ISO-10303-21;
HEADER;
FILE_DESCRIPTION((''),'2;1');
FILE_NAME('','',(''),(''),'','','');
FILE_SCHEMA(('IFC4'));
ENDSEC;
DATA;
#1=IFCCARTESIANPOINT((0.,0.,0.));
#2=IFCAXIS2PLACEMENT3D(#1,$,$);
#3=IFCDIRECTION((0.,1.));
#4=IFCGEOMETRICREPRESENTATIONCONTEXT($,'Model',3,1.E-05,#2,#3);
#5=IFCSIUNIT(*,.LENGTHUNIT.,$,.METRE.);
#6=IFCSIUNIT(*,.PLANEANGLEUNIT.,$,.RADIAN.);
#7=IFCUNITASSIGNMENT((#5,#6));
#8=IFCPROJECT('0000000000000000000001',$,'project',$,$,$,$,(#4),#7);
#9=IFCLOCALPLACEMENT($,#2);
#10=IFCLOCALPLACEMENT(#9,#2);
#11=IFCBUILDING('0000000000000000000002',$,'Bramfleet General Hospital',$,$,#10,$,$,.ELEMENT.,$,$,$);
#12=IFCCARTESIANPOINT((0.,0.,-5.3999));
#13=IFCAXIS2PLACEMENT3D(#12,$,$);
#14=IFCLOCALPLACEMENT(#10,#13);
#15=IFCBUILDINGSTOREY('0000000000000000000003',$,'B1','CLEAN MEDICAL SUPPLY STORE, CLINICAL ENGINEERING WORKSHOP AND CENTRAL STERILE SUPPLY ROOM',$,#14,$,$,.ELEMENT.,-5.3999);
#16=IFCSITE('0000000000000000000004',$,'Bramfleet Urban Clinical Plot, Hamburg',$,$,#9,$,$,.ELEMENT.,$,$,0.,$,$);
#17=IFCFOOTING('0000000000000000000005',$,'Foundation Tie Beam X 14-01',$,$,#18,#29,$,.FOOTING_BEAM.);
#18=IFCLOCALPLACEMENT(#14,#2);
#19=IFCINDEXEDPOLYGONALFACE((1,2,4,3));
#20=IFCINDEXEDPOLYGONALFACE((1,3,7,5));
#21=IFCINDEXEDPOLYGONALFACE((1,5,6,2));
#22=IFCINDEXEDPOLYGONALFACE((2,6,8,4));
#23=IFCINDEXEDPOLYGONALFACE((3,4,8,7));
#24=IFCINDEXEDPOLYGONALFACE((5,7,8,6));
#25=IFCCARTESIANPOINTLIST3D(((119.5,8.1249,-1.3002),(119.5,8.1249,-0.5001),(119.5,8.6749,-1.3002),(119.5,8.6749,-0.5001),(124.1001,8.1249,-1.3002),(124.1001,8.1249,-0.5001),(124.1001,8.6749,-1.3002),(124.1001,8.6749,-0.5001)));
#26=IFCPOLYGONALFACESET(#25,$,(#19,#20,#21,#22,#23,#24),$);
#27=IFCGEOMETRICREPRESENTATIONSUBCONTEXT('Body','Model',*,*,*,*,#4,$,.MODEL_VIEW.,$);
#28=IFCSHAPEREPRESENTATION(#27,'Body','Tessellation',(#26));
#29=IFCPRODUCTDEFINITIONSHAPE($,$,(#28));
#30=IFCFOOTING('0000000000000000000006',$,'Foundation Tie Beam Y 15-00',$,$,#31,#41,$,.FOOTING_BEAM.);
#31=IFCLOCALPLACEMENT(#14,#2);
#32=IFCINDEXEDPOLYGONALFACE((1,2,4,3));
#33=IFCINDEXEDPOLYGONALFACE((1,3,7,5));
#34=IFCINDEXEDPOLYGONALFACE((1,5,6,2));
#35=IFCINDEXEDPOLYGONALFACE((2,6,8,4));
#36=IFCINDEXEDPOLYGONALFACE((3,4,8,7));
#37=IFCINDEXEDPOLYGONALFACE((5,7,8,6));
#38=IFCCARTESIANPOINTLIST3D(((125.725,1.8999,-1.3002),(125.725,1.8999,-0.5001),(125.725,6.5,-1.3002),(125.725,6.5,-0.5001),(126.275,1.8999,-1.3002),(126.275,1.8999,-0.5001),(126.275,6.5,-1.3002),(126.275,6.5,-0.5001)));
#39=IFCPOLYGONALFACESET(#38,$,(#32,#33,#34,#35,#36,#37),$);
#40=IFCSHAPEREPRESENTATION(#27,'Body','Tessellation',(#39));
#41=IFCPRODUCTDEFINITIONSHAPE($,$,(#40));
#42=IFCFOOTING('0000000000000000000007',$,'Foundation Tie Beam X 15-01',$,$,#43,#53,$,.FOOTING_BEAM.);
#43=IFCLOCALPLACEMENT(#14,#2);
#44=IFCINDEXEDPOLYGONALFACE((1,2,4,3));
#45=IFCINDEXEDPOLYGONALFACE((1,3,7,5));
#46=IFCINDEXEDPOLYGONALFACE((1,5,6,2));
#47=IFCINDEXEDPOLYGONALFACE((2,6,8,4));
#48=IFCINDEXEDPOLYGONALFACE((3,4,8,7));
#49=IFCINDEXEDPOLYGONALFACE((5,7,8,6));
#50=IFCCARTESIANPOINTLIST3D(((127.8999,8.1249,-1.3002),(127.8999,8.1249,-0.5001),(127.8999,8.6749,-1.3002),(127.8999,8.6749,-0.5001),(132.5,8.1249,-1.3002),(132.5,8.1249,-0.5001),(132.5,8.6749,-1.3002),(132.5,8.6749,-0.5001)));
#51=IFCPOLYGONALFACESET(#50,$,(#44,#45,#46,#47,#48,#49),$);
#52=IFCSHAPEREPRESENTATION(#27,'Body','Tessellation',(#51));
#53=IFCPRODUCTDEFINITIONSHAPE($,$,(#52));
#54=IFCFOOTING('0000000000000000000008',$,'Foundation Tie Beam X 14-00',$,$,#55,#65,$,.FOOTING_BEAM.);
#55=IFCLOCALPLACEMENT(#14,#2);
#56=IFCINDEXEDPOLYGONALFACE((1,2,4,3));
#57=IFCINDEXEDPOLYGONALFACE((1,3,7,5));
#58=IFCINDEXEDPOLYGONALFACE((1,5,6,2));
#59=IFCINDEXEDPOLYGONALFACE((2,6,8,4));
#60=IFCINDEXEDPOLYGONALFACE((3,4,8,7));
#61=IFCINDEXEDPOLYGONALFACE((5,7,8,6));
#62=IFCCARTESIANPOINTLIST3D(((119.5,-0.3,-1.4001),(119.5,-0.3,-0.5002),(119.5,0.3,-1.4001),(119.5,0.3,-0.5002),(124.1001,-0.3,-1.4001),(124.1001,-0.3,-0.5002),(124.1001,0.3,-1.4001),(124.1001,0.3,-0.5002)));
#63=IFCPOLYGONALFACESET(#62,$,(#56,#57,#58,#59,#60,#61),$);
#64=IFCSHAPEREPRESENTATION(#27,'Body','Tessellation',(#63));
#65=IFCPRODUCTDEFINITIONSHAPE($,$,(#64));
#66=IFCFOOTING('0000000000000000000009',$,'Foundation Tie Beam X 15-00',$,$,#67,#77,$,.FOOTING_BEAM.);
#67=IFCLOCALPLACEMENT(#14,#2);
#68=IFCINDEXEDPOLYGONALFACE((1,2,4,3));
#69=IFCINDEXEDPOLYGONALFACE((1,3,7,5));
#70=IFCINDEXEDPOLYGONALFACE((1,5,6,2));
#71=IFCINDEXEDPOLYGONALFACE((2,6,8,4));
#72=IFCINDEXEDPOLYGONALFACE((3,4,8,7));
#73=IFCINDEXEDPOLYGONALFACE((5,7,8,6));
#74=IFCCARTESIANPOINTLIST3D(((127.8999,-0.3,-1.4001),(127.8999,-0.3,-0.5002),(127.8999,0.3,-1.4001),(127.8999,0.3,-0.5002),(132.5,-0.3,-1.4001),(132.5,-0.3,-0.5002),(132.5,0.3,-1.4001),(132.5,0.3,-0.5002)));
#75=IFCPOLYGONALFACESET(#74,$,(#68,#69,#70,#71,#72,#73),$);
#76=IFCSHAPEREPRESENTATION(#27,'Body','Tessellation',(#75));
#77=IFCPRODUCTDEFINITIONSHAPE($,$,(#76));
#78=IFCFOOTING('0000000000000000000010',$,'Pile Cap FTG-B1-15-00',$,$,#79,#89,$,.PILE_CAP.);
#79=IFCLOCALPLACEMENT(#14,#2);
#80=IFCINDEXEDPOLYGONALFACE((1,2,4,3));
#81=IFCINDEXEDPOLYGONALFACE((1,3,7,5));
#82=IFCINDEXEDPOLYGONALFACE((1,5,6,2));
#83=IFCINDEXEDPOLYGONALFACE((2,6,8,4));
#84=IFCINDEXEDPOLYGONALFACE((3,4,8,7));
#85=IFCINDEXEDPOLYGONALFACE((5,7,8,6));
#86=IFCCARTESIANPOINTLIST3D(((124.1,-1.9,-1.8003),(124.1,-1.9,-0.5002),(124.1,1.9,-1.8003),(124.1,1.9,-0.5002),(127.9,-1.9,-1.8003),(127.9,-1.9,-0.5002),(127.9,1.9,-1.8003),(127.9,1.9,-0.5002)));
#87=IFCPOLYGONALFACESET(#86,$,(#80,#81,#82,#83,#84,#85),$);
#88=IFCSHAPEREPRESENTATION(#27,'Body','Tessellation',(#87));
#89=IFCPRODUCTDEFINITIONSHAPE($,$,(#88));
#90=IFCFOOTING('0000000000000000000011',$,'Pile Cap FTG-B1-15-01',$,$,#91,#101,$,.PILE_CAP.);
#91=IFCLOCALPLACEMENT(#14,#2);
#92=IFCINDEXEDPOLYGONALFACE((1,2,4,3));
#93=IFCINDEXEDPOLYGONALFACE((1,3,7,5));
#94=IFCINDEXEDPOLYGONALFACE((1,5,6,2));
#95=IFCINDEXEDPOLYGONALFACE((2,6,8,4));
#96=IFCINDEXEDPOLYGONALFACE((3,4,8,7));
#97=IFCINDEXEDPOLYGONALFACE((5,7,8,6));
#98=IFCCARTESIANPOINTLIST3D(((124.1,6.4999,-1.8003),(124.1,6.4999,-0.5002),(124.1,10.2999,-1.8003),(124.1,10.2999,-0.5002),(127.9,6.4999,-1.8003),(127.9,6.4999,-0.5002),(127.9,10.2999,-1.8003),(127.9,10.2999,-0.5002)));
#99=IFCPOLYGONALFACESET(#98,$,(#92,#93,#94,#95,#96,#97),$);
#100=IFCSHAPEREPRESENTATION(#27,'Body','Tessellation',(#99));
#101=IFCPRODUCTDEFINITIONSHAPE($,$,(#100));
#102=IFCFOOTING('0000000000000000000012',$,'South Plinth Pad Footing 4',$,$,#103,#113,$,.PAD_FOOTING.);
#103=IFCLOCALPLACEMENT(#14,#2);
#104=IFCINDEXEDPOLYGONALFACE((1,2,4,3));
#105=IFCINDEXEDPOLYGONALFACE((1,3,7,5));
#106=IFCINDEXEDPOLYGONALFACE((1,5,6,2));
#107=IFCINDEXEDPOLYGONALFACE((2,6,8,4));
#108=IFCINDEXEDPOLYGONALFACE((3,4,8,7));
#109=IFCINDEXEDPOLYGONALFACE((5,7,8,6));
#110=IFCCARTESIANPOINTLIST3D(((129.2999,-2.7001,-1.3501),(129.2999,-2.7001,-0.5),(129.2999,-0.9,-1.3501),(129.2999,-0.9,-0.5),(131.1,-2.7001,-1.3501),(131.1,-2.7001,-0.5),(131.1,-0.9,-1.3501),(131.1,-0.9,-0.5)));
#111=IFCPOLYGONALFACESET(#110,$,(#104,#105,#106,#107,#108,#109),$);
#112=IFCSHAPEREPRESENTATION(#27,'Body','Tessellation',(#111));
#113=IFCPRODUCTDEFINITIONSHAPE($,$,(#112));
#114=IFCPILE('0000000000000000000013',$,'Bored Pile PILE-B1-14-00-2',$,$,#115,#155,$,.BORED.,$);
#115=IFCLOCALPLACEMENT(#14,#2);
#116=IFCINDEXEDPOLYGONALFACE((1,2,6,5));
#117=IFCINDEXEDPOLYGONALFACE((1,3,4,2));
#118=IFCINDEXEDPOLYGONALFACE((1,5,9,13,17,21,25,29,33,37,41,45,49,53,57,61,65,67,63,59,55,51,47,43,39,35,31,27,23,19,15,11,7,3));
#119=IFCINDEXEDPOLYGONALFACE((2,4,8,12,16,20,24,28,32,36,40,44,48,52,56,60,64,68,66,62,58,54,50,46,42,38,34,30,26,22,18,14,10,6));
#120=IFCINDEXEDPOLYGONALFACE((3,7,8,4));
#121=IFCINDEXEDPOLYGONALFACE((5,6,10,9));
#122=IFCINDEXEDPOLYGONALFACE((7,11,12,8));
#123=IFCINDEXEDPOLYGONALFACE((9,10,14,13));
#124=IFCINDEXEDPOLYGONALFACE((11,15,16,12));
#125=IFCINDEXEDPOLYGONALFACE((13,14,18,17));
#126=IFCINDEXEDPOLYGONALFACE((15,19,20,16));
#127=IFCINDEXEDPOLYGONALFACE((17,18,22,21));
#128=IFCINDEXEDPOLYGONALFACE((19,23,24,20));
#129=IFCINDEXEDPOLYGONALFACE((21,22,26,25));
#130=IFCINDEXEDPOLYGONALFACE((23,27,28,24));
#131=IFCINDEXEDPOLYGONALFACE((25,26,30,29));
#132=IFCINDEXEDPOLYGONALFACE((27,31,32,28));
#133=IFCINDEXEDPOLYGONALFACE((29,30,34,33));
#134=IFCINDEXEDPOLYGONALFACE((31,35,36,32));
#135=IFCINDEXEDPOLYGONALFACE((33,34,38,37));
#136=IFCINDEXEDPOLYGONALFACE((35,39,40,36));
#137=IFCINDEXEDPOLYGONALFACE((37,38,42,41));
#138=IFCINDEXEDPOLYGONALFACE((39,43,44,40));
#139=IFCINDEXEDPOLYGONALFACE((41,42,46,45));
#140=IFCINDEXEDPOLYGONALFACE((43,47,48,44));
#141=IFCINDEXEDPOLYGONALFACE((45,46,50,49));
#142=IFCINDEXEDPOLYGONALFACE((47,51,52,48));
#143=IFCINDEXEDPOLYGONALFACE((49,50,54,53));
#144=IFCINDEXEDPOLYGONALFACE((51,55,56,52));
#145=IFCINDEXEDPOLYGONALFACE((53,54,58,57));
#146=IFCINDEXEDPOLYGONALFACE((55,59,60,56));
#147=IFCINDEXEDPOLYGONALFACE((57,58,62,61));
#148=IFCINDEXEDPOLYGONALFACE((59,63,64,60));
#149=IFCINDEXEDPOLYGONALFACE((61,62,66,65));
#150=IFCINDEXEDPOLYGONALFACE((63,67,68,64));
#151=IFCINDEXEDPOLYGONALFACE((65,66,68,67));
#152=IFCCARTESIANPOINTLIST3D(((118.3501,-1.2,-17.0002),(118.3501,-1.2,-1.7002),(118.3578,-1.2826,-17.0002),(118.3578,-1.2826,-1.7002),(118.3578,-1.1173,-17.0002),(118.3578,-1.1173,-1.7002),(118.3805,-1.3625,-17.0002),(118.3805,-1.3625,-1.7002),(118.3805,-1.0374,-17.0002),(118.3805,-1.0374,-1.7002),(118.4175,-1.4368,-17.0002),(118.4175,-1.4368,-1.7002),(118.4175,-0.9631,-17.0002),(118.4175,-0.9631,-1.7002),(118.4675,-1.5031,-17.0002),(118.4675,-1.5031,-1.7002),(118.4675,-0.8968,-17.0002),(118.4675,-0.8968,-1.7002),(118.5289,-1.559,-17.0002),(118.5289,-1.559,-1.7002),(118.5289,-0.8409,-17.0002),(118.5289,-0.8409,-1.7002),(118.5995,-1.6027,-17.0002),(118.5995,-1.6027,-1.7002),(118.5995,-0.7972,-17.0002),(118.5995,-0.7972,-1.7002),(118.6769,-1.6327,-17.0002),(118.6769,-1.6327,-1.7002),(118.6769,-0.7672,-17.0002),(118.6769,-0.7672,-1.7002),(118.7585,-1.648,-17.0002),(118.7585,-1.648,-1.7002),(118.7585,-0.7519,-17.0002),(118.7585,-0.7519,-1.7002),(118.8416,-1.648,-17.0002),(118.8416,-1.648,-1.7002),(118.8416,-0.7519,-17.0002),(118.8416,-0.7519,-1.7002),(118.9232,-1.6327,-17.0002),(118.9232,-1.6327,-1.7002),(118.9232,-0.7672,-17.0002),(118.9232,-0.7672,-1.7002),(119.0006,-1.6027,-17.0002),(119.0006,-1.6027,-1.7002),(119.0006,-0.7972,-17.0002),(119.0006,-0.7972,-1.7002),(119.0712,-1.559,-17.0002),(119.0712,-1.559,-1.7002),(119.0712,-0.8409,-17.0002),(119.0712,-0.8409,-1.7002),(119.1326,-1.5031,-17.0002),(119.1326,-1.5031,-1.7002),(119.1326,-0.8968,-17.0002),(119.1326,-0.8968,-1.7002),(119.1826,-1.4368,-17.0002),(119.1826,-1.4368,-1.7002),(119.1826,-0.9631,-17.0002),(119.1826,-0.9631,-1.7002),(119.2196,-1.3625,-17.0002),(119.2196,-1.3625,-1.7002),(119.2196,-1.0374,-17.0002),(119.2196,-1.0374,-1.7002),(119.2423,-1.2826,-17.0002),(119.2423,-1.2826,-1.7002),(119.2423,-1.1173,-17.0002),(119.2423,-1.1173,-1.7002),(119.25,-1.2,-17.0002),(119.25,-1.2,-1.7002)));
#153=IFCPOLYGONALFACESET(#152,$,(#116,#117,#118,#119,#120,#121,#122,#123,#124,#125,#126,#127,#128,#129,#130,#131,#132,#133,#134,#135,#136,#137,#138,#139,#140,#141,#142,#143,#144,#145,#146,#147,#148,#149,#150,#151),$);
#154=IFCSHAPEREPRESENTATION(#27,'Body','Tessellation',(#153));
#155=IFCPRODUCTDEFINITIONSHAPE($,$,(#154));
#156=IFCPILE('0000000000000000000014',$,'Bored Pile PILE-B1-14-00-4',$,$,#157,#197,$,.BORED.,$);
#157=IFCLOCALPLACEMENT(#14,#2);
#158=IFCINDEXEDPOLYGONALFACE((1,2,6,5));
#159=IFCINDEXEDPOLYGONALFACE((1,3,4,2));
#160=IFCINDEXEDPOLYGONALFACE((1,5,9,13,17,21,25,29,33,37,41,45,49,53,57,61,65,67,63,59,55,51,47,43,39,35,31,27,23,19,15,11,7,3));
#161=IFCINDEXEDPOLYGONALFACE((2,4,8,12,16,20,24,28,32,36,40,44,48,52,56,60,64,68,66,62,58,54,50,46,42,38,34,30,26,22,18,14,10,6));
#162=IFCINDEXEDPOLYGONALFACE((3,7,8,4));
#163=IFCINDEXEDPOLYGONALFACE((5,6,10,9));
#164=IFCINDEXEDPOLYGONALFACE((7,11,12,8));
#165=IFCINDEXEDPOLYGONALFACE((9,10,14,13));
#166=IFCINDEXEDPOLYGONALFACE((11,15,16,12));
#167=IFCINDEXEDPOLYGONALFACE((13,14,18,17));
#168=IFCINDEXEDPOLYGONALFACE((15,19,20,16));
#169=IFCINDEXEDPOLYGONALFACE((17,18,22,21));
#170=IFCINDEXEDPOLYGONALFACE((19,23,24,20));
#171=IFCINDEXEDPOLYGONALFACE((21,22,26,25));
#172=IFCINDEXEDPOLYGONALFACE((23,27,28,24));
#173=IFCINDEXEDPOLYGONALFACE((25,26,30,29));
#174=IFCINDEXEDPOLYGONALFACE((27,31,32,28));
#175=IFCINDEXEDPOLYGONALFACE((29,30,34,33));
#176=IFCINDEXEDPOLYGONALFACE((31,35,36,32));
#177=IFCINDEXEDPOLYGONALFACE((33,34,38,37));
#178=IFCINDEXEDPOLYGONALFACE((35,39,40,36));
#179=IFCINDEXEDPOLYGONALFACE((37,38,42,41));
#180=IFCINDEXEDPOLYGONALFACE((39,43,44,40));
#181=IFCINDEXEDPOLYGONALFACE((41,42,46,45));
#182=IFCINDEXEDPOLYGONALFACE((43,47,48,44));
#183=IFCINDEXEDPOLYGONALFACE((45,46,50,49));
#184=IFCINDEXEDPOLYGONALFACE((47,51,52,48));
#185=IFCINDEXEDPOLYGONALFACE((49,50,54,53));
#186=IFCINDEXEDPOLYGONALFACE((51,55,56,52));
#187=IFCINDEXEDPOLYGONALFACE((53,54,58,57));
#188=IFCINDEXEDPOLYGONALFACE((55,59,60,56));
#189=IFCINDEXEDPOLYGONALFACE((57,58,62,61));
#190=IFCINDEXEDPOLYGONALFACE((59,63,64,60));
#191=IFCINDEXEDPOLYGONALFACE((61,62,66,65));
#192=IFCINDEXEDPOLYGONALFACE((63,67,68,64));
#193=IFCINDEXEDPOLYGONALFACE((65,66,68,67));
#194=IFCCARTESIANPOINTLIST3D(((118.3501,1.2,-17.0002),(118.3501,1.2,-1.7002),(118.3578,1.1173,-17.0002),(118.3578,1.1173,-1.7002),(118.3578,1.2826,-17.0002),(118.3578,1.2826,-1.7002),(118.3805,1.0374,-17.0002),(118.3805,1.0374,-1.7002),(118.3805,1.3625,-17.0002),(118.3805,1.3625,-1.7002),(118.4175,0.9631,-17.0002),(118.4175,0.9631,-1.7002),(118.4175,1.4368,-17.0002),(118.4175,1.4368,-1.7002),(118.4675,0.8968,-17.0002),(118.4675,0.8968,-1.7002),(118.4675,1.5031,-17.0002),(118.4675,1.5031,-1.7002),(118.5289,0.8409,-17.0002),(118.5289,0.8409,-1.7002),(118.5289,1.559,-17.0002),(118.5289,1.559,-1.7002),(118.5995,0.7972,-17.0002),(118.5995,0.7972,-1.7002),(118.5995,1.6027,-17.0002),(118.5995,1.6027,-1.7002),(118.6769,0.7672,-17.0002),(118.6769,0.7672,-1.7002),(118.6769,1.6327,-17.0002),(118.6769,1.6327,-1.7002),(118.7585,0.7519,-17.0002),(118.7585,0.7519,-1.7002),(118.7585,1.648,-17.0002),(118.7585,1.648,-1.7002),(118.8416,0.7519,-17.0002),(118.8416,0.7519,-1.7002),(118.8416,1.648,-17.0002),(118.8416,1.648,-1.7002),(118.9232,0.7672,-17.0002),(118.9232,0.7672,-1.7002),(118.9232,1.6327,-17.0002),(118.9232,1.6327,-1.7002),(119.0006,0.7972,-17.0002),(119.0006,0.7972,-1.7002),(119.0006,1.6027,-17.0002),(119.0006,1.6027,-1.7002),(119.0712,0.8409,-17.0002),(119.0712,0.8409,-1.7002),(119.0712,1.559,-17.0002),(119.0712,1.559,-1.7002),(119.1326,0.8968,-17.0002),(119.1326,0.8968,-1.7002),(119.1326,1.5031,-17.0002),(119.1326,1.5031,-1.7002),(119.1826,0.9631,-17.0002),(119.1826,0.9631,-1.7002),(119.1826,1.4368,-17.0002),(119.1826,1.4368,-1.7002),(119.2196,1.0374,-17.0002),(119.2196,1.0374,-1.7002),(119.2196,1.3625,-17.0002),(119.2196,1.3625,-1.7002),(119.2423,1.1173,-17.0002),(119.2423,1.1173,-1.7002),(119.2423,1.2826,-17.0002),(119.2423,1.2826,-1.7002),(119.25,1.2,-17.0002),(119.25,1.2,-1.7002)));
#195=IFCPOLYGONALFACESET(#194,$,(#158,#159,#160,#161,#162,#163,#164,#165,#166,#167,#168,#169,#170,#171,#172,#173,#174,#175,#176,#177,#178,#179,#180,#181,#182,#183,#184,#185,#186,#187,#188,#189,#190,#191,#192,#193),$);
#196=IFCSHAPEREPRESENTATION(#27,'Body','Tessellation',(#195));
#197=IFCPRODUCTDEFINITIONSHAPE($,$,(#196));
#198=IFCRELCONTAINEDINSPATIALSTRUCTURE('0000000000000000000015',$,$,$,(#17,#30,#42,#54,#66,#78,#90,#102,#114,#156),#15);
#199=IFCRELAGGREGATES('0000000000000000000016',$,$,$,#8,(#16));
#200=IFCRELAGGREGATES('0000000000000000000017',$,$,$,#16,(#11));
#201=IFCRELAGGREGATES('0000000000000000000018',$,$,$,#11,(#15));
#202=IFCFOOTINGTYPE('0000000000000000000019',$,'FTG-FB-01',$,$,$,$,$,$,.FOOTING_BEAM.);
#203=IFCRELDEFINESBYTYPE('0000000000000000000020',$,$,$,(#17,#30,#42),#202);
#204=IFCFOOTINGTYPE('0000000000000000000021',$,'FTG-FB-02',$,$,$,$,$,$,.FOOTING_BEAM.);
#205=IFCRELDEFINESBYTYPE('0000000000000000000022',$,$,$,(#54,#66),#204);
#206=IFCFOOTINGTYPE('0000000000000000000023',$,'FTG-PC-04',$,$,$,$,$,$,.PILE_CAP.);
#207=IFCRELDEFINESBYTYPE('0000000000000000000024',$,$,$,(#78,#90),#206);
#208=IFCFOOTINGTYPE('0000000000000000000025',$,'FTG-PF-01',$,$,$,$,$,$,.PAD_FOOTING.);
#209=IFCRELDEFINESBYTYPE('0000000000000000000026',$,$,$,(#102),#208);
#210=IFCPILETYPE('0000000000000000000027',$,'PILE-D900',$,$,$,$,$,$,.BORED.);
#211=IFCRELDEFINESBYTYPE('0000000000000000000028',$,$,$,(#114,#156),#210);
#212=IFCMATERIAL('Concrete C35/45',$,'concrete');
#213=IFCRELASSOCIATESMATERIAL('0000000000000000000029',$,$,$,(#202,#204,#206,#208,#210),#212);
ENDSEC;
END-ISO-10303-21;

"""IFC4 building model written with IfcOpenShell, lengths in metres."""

from ifc_helpers import new_model, si_unit, direction, frame, origin, origin_2d, place, context, subcontext, project, spatial, rectangle, circle, extrude, material, material_profile, profile_set, type_object, element, save


model = new_model("IFC4")

# Units and contexts
model_context = context("Model", 3, precision=1e-05, world=origin(), true_north=direction((0.0, 1.0)))
body_context = subcontext(model_context, "Body", "Model", "MODEL_VIEW")
ifc_project = project(units=[si_unit("LENGTHUNIT", "METRE"), si_unit("PLANEANGLEUNIT", "RADIAN")], contexts=[model_context])

# Site, building, storey
site_placement = place(None, origin())
site = spatial("IfcSite", under=ifc_project, at=site_placement, Name="Bramfleet Urban Clinical Plot, Hamburg", CompositionType="ELEMENT", RefElevation=0.0)
building_placement = place(site_placement, origin())
building = spatial("IfcBuilding", under=site, at=building_placement, Name="Bramfleet General Hospital", CompositionType="ELEMENT")
storey_placement = place(building_placement, frame((0.0, 0.0, -5.3999)))
storey = spatial("IfcBuildingStorey", under=building, at=storey_placement, Name="B1", Description="CLEAN MEDICAL SUPPLY STORE, CLINICAL ENGINEERING WORKSHOP AND CENTRAL STERILE SUPPLY ROOM", CompositionType="ELEMENT", Elevation=-5.3999)

# Footings
ifc_material_1 = material(Name="Concrete C35/45", Category="concrete")
ifc_material_profile_1 = material_profile(ifc_material_1, rectangle(XDim=0.55, YDim=0.8, at=origin_2d()), Name="RC FB 800x550")
ifc_profile_set_1 = profile_set([ifc_material_profile_1], Name="Concrete C35/45")
footing_type_1 = type_object("IfcFootingType", Name="FTG-FB-01", PredefinedType="FOOTING_BEAM", material=ifc_profile_set_1)
for number, where, z_axis, x_axis, name in (
    (1, (119.5, 8.3999, -0.9001), (1.0, 0.0, 0.0), (0.0, 1.0, 0.0), "Foundation Tie Beam X 14-01"),
    (2, (126.0, 1.8999, -0.9001), (0.0, 1.0, 0.0), (-1.0, 0.0, 0.0), "Foundation Tie Beam Y 15-00"),
    (3, (127.8999, 8.3999, -0.9001), (1.0, 0.0, 0.0), (0.0, 1.0, 0.0), "Foundation Tie Beam X 15-01"),
):
    element("IfcFooting", number, at=place(storey_placement, frame(where, z_axis=z_axis, x_axis=x_axis)), inside=storey, type_object=footing_type_1, Name=name, PredefinedType="FOOTING_BEAM", context=body_context, shape_type="SweptSolid", body=[
        extrude(rectangle(XDim=0.55, YDim=0.8, at=origin_2d()), origin(), (0.0, 0.0, 1.0), 4.6001),
    ])
ifc_material_profile_2 = material_profile(ifc_material_1, rectangle(XDim=0.6001, YDim=0.8999, at=origin_2d()), Name="RC FB 900x600")
ifc_profile_set_2 = profile_set([ifc_material_profile_2], Name="Concrete C35/45")
footing_type_2 = type_object("IfcFootingType", Name="FTG-FB-02", PredefinedType="FOOTING_BEAM", material=ifc_profile_set_2)
for number, where, z_axis, x_axis, name in (
    (4, (119.5, 0.0, -0.9502), (1.0, 0.0, 0.0), (0.0, 1.0, 0.0), "Foundation Tie Beam X 14-00"),
    (5, (127.8999, 0.0, -0.9502), (1.0, 0.0, 0.0), (0.0, 1.0, 0.0), "Foundation Tie Beam X 15-00"),
):
    element("IfcFooting", number, at=place(storey_placement, frame(where, z_axis=z_axis, x_axis=x_axis)), inside=storey, type_object=footing_type_2, Name=name, PredefinedType="FOOTING_BEAM", context=body_context, shape_type="SweptSolid", body=[
        extrude(rectangle(XDim=0.6001, YDim=0.8999, at=origin_2d()), origin(), (0.0, 0.0, 1.0), 4.6001),
    ])
footing_type_3 = type_object("IfcFootingType", Name="FTG-PC-04", PredefinedType="PILE_CAP", material=ifc_material_1)
for number, where, z_axis, x_axis, name in (
    (6, (126.0, 0.0, -1.8003), (0.0, 0.0, 1.0), (1.0, 0.0, 0.0), "Pile Cap FTG-B1-15-00"),
    (7, (126.0, 8.3999, -1.8003), (0.0, 0.0, 1.0), (1.0, 0.0, 0.0), "Pile Cap FTG-B1-15-01"),
):
    element("IfcFooting", number, at=place(storey_placement, frame(where, z_axis=z_axis, x_axis=x_axis)), inside=storey, type_object=footing_type_3, Name=name, PredefinedType="PILE_CAP", context=body_context, shape_type="SweptSolid", body=[
        extrude(rectangle(XDim=3.8, YDim=3.8, at=origin_2d()), origin(), (0.0, 0.0, 1.0), 1.3),
    ])
footing_type_4 = type_object("IfcFootingType", Name="FTG-PF-01", PredefinedType="PAD_FOOTING", material=ifc_material_1)
footing_placement = place(storey_placement, frame((130.2, -1.8, -1.3501), z_axis=(0.0, 0.0, 1.0), x_axis=(1.0, 0.0, 0.0)))
element("IfcFooting", 8, at=footing_placement, inside=storey, type_object=footing_type_4, Name="South Plinth Pad Footing 4", PredefinedType="PAD_FOOTING", context=body_context, shape_type="SweptSolid", body=[
    extrude(rectangle(XDim=1.8, YDim=1.8, at=origin_2d()), origin(), (0.0, 0.0, 1.0), 0.8501),
])

# Piles
ifc_material_profile_3 = material_profile(ifc_material_1, circle(Radius=0.45, at=origin_2d()), Name="PILE BORED D900")
ifc_profile_set_3 = profile_set([ifc_material_profile_3], Name="Concrete C35/45")
pile_type = type_object("IfcPileType", Name="PILE-D900", PredefinedType="BORED", material=ifc_profile_set_3)
for number, where, z_axis, x_axis, name in (
    (9, (118.8, -1.2, -1.7002), (0.0, 0.0, -1.0), (1.0, 0.0, 0.0), "Bored Pile PILE-B1-14-00-2"),
    (10, (118.8, 1.2, -1.7002), (0.0, 0.0, -1.0), (1.0, 0.0, 0.0), "Bored Pile PILE-B1-14-00-4"),
):
    element("IfcPile", number, at=place(storey_placement, frame(where, z_axis=z_axis, x_axis=x_axis)), inside=storey, type_object=pile_type, Name=name, PredefinedType="BORED", context=body_context, shape_type="SweptSolid", body=[
        extrude(circle(Radius=0.45, at=origin_2d()), origin(), (0.0, 0.0, 1.0), 15.3),
    ])

save(model, "model.ifc")
